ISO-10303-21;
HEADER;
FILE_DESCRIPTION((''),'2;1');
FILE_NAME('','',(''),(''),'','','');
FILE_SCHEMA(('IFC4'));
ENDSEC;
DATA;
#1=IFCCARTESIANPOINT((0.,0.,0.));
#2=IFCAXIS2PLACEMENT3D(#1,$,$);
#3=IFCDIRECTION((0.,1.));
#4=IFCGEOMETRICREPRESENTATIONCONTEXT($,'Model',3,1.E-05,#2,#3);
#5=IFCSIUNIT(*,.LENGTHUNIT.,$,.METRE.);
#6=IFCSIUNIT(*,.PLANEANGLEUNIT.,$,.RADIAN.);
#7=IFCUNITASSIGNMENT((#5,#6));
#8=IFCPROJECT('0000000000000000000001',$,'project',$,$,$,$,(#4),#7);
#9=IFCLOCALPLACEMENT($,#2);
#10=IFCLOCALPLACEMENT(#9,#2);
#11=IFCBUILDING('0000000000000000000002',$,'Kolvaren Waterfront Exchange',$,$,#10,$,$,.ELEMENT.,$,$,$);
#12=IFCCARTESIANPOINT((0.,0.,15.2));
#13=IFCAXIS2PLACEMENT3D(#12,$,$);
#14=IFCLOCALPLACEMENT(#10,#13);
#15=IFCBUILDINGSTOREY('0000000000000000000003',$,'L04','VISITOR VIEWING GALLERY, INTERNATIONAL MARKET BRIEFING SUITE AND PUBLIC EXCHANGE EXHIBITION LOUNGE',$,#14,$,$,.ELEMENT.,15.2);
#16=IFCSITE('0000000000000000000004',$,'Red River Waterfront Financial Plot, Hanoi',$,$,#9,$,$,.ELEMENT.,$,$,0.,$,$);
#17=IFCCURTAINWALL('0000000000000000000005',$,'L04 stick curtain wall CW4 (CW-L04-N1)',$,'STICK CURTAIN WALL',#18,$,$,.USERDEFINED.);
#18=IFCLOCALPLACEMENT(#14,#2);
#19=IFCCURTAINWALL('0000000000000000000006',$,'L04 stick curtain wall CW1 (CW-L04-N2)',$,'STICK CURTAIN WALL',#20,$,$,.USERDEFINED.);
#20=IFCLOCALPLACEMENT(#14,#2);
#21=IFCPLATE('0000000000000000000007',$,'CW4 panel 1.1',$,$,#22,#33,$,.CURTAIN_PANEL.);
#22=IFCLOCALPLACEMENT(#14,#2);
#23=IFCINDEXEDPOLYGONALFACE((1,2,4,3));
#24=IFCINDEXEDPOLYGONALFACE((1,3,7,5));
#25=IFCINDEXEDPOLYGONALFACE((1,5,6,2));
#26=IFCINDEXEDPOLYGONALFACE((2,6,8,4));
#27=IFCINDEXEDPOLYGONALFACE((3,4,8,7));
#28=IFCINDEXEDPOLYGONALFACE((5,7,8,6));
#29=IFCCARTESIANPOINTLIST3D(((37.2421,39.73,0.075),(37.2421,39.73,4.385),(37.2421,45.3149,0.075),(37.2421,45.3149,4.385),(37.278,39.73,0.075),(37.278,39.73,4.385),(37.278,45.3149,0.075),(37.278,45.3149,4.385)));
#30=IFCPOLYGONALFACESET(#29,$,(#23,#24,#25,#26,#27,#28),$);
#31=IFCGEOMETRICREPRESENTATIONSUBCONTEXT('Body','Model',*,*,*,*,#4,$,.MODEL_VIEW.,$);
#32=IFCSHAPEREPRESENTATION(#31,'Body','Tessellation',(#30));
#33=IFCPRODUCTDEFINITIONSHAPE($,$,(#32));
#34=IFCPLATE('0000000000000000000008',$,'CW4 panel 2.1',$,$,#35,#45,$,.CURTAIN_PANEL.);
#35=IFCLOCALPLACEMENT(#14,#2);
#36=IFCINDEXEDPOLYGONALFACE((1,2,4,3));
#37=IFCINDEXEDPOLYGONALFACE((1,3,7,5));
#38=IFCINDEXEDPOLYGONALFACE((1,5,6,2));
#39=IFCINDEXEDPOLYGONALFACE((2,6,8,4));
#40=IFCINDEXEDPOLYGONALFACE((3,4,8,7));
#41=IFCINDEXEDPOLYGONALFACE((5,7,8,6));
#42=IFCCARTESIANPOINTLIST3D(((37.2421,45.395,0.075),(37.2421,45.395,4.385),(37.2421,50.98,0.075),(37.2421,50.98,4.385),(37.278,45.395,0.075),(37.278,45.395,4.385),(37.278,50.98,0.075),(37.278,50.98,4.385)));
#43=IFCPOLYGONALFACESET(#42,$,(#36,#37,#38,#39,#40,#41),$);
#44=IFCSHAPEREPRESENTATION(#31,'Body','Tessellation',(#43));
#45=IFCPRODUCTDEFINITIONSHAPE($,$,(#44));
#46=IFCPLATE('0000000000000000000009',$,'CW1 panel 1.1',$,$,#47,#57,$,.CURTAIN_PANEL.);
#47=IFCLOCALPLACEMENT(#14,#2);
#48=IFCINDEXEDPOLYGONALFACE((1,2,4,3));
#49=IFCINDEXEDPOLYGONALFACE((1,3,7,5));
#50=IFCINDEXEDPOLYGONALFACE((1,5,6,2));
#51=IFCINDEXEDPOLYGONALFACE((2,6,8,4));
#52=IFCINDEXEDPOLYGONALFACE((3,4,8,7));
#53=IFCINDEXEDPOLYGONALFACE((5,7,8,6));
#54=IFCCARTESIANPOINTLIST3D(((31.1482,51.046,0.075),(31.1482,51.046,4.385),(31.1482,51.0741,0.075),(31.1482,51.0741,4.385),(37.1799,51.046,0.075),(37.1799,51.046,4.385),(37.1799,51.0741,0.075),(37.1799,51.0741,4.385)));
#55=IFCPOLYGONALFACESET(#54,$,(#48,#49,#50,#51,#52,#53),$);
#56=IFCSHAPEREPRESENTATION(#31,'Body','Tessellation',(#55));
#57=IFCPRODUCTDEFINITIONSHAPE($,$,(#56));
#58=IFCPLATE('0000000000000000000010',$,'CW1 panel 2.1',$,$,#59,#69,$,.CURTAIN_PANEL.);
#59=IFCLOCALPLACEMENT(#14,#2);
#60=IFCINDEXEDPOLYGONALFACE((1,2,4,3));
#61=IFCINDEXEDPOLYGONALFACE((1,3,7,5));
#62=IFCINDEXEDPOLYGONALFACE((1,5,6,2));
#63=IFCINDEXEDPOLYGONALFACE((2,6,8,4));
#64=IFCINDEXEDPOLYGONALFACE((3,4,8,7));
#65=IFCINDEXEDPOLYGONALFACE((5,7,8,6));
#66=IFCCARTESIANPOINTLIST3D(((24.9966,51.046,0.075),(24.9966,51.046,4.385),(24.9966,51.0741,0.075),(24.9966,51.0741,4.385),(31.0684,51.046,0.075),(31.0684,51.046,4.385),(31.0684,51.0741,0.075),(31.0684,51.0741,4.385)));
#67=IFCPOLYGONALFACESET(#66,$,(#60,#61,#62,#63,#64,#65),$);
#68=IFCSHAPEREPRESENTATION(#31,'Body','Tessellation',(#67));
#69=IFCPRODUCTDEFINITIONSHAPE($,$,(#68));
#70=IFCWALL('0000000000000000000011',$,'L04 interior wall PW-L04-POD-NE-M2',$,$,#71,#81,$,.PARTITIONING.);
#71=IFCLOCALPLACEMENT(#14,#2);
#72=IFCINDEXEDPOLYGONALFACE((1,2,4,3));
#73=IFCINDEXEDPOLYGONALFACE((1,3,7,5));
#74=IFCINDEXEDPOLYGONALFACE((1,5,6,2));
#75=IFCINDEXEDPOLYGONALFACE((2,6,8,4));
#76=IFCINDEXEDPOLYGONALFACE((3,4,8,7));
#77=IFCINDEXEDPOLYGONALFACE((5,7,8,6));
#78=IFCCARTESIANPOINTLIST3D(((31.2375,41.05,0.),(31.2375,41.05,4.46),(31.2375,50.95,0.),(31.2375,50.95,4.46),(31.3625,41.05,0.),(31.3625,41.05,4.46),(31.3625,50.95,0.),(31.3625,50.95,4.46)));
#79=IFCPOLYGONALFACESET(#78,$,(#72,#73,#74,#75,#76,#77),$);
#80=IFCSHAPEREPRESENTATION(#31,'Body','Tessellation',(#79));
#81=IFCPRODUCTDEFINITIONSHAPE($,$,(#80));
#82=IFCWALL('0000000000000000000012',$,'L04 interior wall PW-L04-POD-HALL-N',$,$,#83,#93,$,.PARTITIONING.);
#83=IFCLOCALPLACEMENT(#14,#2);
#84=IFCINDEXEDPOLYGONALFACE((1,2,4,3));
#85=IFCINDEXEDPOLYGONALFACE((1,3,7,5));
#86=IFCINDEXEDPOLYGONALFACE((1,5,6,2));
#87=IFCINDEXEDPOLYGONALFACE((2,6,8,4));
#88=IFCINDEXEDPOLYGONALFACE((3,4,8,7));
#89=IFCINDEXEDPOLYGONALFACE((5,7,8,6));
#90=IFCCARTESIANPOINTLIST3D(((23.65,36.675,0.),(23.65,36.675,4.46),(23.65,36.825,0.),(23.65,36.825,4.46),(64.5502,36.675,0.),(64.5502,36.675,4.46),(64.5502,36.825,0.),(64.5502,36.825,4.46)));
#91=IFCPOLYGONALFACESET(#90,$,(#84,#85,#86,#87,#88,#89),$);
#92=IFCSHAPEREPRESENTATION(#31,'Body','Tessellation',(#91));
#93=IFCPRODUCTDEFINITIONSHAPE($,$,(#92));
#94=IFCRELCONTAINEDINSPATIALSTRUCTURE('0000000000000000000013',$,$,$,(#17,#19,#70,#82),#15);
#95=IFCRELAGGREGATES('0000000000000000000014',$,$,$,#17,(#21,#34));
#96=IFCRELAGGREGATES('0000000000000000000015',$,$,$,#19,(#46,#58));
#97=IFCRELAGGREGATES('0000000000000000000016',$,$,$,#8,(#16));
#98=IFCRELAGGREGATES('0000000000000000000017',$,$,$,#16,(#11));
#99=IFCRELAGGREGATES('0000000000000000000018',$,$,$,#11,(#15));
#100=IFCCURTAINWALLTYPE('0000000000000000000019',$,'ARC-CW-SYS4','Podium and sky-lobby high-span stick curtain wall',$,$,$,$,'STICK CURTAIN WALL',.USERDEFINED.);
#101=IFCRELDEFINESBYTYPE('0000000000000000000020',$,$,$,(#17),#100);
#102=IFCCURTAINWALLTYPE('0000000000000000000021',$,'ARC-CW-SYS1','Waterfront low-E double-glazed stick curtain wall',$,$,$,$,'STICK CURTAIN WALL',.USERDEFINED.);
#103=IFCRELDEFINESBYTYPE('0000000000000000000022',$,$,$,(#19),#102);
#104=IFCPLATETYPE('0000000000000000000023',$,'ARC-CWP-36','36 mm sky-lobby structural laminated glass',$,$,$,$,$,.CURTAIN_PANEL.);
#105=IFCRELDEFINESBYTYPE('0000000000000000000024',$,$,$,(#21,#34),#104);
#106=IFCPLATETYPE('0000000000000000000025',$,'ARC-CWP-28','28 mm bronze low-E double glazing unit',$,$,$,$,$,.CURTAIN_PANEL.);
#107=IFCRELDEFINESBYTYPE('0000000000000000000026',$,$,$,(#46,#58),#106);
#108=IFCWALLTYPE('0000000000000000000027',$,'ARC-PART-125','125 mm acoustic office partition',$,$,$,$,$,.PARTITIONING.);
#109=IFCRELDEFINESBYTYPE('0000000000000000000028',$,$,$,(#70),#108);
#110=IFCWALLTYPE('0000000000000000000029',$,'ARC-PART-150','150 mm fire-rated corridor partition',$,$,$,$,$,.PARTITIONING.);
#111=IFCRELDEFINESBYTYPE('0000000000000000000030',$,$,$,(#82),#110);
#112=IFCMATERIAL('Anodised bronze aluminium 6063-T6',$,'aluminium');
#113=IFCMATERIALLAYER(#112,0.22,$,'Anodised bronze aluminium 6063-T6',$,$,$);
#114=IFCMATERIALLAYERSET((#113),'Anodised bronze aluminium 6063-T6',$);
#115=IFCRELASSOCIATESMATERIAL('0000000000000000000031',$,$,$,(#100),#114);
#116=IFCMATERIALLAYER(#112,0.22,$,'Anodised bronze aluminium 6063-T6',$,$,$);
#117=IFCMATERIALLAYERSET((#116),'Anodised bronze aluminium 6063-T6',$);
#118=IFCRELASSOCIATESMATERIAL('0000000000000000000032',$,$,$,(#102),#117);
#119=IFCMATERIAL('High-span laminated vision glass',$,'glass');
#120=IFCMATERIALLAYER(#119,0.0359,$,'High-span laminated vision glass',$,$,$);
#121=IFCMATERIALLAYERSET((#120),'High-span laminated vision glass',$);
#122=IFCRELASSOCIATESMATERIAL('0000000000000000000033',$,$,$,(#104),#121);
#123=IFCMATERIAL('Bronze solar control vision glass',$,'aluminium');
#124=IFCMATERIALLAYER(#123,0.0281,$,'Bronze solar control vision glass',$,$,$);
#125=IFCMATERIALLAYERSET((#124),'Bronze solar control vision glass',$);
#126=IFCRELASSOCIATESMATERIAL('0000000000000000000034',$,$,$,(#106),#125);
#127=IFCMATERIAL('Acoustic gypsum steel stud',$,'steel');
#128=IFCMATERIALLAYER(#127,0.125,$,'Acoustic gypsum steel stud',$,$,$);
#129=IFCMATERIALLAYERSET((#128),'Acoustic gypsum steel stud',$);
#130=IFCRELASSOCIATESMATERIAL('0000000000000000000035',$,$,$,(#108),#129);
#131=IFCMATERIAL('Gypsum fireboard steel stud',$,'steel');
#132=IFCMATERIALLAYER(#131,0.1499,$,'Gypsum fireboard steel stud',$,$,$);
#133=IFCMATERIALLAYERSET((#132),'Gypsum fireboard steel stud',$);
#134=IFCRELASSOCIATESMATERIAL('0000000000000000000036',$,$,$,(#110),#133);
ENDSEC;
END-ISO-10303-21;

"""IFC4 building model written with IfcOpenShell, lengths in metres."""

from ifc_helpers import new_model, si_unit, direction, frame, frame_2d, origin, origin_with_axes, origin_2d, place, context, subcontext, project, spatial, rectangle, extrude, source, transform, mapped, material, layer, layer_set, type_object, element, aggregate, save


model = new_model("IFC4")

# Units and contexts
model_context = context("Model", 3, precision=1e-05, world=origin(), true_north=direction((0.0, 1.0)))
body_context = subcontext(model_context, "Body", "Model", "MODEL_VIEW")
ifc_project = project(units=[si_unit("LENGTHUNIT", "METRE"), si_unit("PLANEANGLEUNIT", "RADIAN")], contexts=[model_context])

# Site, building, storey
site_placement = place(None, origin())
site = spatial("IfcSite", under=ifc_project, at=site_placement, Name="Red River Waterfront Financial Plot, Hanoi", CompositionType="ELEMENT", RefElevation=0.0)
building_placement = place(site_placement, origin())
building = spatial("IfcBuilding", under=site, at=building_placement, Name="Kolvaren Waterfront Exchange", CompositionType="ELEMENT")
storey_placement = place(building_placement, frame((0.0, 0.0, 15.2)))
storey = spatial("IfcBuildingStorey", under=building, at=storey_placement, Name="L04", Description="VISITOR VIEWING GALLERY, INTERNATIONAL MARKET BRIEFING SUITE AND PUBLIC EXCHANGE EXHIBITION LOUNGE", CompositionType="ELEMENT", Elevation=15.2)

# Curtain walls
ifc_material_1 = material(Name="Anodised bronze aluminium 6063-T6", Category="aluminium")
ifc_layer_1 = layer(ifc_material_1, 0.22, Name="Anodised bronze aluminium 6063-T6")
ifc_layer_set_1 = layer_set([ifc_layer_1], Name="Anodised bronze aluminium 6063-T6")
curtain_wall_type_1 = type_object("IfcCurtainWallType", Name="ARC-CW-SYS4", Description="Podium and sky-lobby high-span stick curtain wall", ElementType="STICK CURTAIN WALL", PredefinedType="USERDEFINED", material=ifc_layer_set_1)
curtain_wall_1_placement = place(storey_placement, origin())
curtain_wall_1 = element("IfcCurtainWall", 1, at=curtain_wall_1_placement, inside=storey, type_object=curtain_wall_type_1, Name="L04 stick curtain wall CW4 (CW-L04-N1)", ObjectType="STICK CURTAIN WALL", PredefinedType="USERDEFINED")
ifc_layer_2 = layer(ifc_material_1, 0.22, Name="Anodised bronze aluminium 6063-T6")
ifc_layer_set_2 = layer_set([ifc_layer_2], Name="Anodised bronze aluminium 6063-T6")
curtain_wall_type_2 = type_object("IfcCurtainWallType", Name="ARC-CW-SYS1", Description="Waterfront low-E double-glazed stick curtain wall", ElementType="STICK CURTAIN WALL", PredefinedType="USERDEFINED", material=ifc_layer_set_2)
curtain_wall_2_placement = place(storey_placement, origin())
curtain_wall_2 = element("IfcCurtainWall", 2, at=curtain_wall_2_placement, inside=storey, type_object=curtain_wall_type_2, Name="L04 stick curtain wall CW1 (CW-L04-N2)", ObjectType="STICK CURTAIN WALL", PredefinedType="USERDEFINED")

# Plates
ifc_material_2 = material(Name="High-span laminated vision glass", Category="glass")
ifc_layer_3 = layer(ifc_material_2, 0.0359, Name="High-span laminated vision glass")
ifc_layer_set_3 = layer_set([ifc_layer_3], Name="High-span laminated vision glass")
plate_type_1 = type_object("IfcPlateType", Name="ARC-CWP-36", Description="36 mm sky-lobby structural laminated glass", PredefinedType="CURTAIN_PANEL", material=ifc_layer_set_3)
shared_shape_1 = source(origin_with_axes(), body_context, "Body", "SweptSolid", [
    extrude(rectangle(XDim=5.585, YDim=0.0359, at=origin_2d()), origin(), (0.0, 0.0, 1.0), 4.3101),
])
plate_1_placement = place(storey_placement, frame((37.26, 42.5225, 0.075), z_axis=(0.0, 0.0, 1.0), x_axis=(0.0, 1.0, 0.0)))
plate_1 = element("IfcPlate", 3, at=plate_1_placement, type_object=plate_type_1, Name="CW4 panel 1.1", PredefinedType="CURTAIN_PANEL", context=body_context, shape_type="MappedRepresentation", body=[
    mapped(shared_shape_1, transform((0.0, 0.0, 0.0), x_axis=(1.0, 0.0, 0.0), y_axis=(0.0, 1.0, 0.0), z_axis=(0.0, 0.0, 1.0), scale=1.0)),
])
plate_2_placement = place(storey_placement, frame((37.26, 48.1875, 0.075), z_axis=(0.0, 0.0, 1.0), x_axis=(0.0, 1.0, 0.0)))
plate_2 = element("IfcPlate", 4, at=plate_2_placement, type_object=plate_type_1, Name="CW4 panel 2.1", PredefinedType="CURTAIN_PANEL", context=body_context, shape_type="MappedRepresentation", body=[
    mapped(shared_shape_1, transform((0.0, 0.0, 0.0), x_axis=(1.0, 0.0, 0.0), y_axis=(0.0, 1.0, 0.0), z_axis=(0.0, 0.0, 1.0), scale=1.0)),
])
aggregate(curtain_wall_1, [plate_1, plate_2])
ifc_material_3 = material(Name="Bronze solar control vision glass", Category="aluminium")
ifc_layer_4 = layer(ifc_material_3, 0.0281, Name="Bronze solar control vision glass")
ifc_layer_set_4 = layer_set([ifc_layer_4], Name="Bronze solar control vision glass")
plate_type_2 = type_object("IfcPlateType", Name="ARC-CWP-28", Description="28 mm bronze low-E double glazing unit", PredefinedType="CURTAIN_PANEL", material=ifc_layer_set_4)
shared_shape_2 = source(origin_with_axes(), body_context, "Body", "SweptSolid", [
    extrude(rectangle(XDim=6.0317, YDim=0.0281, at=origin_2d()), origin(), (0.0, 0.0, 1.0), 4.3101),
])
plate_3_placement = place(storey_placement, frame((34.1641, 51.0601, 0.075), z_axis=(0.0, 0.0, 1.0), x_axis=(-1.0, 0.0, 0.0)))
plate_3 = element("IfcPlate", 5, at=plate_3_placement, type_object=plate_type_2, Name="CW1 panel 1.1", PredefinedType="CURTAIN_PANEL", context=body_context, shape_type="MappedRepresentation", body=[
    mapped(shared_shape_2, transform((0.0, 0.0, 0.0), x_axis=(1.0, 0.0, 0.0), y_axis=(0.0, 1.0, 0.0), z_axis=(0.0, 0.0, 1.0), scale=1.0)),
])
shared_shape_3 = source(origin_with_axes(), body_context, "Body", "SweptSolid", [
    extrude(rectangle(XDim=6.0718, YDim=0.0281, at=origin_2d()), origin(), (0.0, 0.0, 1.0), 4.3101),
])
plate_4_placement = place(storey_placement, frame((28.0325, 51.0601, 0.075), z_axis=(0.0, 0.0, 1.0), x_axis=(-1.0, 0.0, 0.0)))
plate_4 = element("IfcPlate", 6, at=plate_4_placement, type_object=plate_type_2, Name="CW1 panel 2.1", PredefinedType="CURTAIN_PANEL", context=body_context, shape_type="MappedRepresentation", body=[
    mapped(shared_shape_3, transform((0.0, 0.0, 0.0), x_axis=(1.0, 0.0, 0.0), y_axis=(0.0, 1.0, 0.0), z_axis=(0.0, 0.0, 1.0), scale=1.0)),
])
aggregate(curtain_wall_2, [plate_3, plate_4])

# Walls
ifc_material_4 = material(Name="Acoustic gypsum steel stud", Category="steel")
ifc_layer_5 = layer(ifc_material_4, 0.125, Name="Acoustic gypsum steel stud")
ifc_layer_set_5 = layer_set([ifc_layer_5], Name="Acoustic gypsum steel stud")
wall_type_1 = type_object("IfcWallType", Name="ARC-PART-125", Description="125 mm acoustic office partition", PredefinedType="PARTITIONING", material=ifc_layer_set_5)
wall_1_placement = place(storey_placement, frame((31.3, 41.05, 0.0), z_axis=(0.0, 0.0, 1.0), x_axis=(0.0, 1.0, 0.0)))
element("IfcWall", 7, at=wall_1_placement, inside=storey, type_object=wall_type_1, Name="L04 interior wall PW-L04-POD-NE-M2", PredefinedType="PARTITIONING", context=body_context, shape_type="SweptSolid", body=[
    extrude(rectangle(XDim=9.8999, YDim=0.125, at=frame_2d((4.95, 0.0))), origin(), (0.0, 0.0, 1.0), 4.46),
])
ifc_material_5 = material(Name="Gypsum fireboard steel stud", Category="steel")
ifc_layer_6 = layer(ifc_material_5, 0.1499, Name="Gypsum fireboard steel stud")
ifc_layer_set_6 = layer_set([ifc_layer_6], Name="Gypsum fireboard steel stud")
wall_type_2 = type_object("IfcWallType", Name="ARC-PART-150", Description="150 mm fire-rated corridor partition", PredefinedType="PARTITIONING", material=ifc_layer_set_6)
wall_2_placement = place(storey_placement, frame((23.6499, 36.75, 0.0), z_axis=(0.0, 0.0, 1.0), x_axis=(1.0, 0.0, 0.0)))
element("IfcWall", 8, at=wall_2_placement, inside=storey, type_object=wall_type_2, Name="L04 interior wall PW-L04-POD-HALL-N", PredefinedType="PARTITIONING", context=body_context, shape_type="SweptSolid", body=[
    extrude(rectangle(XDim=40.9001, YDim=0.1499, at=frame_2d((20.4502, 0.0))), origin(), (0.0, 0.0, 1.0), 4.46),
])

save(model, "model.ifc")
